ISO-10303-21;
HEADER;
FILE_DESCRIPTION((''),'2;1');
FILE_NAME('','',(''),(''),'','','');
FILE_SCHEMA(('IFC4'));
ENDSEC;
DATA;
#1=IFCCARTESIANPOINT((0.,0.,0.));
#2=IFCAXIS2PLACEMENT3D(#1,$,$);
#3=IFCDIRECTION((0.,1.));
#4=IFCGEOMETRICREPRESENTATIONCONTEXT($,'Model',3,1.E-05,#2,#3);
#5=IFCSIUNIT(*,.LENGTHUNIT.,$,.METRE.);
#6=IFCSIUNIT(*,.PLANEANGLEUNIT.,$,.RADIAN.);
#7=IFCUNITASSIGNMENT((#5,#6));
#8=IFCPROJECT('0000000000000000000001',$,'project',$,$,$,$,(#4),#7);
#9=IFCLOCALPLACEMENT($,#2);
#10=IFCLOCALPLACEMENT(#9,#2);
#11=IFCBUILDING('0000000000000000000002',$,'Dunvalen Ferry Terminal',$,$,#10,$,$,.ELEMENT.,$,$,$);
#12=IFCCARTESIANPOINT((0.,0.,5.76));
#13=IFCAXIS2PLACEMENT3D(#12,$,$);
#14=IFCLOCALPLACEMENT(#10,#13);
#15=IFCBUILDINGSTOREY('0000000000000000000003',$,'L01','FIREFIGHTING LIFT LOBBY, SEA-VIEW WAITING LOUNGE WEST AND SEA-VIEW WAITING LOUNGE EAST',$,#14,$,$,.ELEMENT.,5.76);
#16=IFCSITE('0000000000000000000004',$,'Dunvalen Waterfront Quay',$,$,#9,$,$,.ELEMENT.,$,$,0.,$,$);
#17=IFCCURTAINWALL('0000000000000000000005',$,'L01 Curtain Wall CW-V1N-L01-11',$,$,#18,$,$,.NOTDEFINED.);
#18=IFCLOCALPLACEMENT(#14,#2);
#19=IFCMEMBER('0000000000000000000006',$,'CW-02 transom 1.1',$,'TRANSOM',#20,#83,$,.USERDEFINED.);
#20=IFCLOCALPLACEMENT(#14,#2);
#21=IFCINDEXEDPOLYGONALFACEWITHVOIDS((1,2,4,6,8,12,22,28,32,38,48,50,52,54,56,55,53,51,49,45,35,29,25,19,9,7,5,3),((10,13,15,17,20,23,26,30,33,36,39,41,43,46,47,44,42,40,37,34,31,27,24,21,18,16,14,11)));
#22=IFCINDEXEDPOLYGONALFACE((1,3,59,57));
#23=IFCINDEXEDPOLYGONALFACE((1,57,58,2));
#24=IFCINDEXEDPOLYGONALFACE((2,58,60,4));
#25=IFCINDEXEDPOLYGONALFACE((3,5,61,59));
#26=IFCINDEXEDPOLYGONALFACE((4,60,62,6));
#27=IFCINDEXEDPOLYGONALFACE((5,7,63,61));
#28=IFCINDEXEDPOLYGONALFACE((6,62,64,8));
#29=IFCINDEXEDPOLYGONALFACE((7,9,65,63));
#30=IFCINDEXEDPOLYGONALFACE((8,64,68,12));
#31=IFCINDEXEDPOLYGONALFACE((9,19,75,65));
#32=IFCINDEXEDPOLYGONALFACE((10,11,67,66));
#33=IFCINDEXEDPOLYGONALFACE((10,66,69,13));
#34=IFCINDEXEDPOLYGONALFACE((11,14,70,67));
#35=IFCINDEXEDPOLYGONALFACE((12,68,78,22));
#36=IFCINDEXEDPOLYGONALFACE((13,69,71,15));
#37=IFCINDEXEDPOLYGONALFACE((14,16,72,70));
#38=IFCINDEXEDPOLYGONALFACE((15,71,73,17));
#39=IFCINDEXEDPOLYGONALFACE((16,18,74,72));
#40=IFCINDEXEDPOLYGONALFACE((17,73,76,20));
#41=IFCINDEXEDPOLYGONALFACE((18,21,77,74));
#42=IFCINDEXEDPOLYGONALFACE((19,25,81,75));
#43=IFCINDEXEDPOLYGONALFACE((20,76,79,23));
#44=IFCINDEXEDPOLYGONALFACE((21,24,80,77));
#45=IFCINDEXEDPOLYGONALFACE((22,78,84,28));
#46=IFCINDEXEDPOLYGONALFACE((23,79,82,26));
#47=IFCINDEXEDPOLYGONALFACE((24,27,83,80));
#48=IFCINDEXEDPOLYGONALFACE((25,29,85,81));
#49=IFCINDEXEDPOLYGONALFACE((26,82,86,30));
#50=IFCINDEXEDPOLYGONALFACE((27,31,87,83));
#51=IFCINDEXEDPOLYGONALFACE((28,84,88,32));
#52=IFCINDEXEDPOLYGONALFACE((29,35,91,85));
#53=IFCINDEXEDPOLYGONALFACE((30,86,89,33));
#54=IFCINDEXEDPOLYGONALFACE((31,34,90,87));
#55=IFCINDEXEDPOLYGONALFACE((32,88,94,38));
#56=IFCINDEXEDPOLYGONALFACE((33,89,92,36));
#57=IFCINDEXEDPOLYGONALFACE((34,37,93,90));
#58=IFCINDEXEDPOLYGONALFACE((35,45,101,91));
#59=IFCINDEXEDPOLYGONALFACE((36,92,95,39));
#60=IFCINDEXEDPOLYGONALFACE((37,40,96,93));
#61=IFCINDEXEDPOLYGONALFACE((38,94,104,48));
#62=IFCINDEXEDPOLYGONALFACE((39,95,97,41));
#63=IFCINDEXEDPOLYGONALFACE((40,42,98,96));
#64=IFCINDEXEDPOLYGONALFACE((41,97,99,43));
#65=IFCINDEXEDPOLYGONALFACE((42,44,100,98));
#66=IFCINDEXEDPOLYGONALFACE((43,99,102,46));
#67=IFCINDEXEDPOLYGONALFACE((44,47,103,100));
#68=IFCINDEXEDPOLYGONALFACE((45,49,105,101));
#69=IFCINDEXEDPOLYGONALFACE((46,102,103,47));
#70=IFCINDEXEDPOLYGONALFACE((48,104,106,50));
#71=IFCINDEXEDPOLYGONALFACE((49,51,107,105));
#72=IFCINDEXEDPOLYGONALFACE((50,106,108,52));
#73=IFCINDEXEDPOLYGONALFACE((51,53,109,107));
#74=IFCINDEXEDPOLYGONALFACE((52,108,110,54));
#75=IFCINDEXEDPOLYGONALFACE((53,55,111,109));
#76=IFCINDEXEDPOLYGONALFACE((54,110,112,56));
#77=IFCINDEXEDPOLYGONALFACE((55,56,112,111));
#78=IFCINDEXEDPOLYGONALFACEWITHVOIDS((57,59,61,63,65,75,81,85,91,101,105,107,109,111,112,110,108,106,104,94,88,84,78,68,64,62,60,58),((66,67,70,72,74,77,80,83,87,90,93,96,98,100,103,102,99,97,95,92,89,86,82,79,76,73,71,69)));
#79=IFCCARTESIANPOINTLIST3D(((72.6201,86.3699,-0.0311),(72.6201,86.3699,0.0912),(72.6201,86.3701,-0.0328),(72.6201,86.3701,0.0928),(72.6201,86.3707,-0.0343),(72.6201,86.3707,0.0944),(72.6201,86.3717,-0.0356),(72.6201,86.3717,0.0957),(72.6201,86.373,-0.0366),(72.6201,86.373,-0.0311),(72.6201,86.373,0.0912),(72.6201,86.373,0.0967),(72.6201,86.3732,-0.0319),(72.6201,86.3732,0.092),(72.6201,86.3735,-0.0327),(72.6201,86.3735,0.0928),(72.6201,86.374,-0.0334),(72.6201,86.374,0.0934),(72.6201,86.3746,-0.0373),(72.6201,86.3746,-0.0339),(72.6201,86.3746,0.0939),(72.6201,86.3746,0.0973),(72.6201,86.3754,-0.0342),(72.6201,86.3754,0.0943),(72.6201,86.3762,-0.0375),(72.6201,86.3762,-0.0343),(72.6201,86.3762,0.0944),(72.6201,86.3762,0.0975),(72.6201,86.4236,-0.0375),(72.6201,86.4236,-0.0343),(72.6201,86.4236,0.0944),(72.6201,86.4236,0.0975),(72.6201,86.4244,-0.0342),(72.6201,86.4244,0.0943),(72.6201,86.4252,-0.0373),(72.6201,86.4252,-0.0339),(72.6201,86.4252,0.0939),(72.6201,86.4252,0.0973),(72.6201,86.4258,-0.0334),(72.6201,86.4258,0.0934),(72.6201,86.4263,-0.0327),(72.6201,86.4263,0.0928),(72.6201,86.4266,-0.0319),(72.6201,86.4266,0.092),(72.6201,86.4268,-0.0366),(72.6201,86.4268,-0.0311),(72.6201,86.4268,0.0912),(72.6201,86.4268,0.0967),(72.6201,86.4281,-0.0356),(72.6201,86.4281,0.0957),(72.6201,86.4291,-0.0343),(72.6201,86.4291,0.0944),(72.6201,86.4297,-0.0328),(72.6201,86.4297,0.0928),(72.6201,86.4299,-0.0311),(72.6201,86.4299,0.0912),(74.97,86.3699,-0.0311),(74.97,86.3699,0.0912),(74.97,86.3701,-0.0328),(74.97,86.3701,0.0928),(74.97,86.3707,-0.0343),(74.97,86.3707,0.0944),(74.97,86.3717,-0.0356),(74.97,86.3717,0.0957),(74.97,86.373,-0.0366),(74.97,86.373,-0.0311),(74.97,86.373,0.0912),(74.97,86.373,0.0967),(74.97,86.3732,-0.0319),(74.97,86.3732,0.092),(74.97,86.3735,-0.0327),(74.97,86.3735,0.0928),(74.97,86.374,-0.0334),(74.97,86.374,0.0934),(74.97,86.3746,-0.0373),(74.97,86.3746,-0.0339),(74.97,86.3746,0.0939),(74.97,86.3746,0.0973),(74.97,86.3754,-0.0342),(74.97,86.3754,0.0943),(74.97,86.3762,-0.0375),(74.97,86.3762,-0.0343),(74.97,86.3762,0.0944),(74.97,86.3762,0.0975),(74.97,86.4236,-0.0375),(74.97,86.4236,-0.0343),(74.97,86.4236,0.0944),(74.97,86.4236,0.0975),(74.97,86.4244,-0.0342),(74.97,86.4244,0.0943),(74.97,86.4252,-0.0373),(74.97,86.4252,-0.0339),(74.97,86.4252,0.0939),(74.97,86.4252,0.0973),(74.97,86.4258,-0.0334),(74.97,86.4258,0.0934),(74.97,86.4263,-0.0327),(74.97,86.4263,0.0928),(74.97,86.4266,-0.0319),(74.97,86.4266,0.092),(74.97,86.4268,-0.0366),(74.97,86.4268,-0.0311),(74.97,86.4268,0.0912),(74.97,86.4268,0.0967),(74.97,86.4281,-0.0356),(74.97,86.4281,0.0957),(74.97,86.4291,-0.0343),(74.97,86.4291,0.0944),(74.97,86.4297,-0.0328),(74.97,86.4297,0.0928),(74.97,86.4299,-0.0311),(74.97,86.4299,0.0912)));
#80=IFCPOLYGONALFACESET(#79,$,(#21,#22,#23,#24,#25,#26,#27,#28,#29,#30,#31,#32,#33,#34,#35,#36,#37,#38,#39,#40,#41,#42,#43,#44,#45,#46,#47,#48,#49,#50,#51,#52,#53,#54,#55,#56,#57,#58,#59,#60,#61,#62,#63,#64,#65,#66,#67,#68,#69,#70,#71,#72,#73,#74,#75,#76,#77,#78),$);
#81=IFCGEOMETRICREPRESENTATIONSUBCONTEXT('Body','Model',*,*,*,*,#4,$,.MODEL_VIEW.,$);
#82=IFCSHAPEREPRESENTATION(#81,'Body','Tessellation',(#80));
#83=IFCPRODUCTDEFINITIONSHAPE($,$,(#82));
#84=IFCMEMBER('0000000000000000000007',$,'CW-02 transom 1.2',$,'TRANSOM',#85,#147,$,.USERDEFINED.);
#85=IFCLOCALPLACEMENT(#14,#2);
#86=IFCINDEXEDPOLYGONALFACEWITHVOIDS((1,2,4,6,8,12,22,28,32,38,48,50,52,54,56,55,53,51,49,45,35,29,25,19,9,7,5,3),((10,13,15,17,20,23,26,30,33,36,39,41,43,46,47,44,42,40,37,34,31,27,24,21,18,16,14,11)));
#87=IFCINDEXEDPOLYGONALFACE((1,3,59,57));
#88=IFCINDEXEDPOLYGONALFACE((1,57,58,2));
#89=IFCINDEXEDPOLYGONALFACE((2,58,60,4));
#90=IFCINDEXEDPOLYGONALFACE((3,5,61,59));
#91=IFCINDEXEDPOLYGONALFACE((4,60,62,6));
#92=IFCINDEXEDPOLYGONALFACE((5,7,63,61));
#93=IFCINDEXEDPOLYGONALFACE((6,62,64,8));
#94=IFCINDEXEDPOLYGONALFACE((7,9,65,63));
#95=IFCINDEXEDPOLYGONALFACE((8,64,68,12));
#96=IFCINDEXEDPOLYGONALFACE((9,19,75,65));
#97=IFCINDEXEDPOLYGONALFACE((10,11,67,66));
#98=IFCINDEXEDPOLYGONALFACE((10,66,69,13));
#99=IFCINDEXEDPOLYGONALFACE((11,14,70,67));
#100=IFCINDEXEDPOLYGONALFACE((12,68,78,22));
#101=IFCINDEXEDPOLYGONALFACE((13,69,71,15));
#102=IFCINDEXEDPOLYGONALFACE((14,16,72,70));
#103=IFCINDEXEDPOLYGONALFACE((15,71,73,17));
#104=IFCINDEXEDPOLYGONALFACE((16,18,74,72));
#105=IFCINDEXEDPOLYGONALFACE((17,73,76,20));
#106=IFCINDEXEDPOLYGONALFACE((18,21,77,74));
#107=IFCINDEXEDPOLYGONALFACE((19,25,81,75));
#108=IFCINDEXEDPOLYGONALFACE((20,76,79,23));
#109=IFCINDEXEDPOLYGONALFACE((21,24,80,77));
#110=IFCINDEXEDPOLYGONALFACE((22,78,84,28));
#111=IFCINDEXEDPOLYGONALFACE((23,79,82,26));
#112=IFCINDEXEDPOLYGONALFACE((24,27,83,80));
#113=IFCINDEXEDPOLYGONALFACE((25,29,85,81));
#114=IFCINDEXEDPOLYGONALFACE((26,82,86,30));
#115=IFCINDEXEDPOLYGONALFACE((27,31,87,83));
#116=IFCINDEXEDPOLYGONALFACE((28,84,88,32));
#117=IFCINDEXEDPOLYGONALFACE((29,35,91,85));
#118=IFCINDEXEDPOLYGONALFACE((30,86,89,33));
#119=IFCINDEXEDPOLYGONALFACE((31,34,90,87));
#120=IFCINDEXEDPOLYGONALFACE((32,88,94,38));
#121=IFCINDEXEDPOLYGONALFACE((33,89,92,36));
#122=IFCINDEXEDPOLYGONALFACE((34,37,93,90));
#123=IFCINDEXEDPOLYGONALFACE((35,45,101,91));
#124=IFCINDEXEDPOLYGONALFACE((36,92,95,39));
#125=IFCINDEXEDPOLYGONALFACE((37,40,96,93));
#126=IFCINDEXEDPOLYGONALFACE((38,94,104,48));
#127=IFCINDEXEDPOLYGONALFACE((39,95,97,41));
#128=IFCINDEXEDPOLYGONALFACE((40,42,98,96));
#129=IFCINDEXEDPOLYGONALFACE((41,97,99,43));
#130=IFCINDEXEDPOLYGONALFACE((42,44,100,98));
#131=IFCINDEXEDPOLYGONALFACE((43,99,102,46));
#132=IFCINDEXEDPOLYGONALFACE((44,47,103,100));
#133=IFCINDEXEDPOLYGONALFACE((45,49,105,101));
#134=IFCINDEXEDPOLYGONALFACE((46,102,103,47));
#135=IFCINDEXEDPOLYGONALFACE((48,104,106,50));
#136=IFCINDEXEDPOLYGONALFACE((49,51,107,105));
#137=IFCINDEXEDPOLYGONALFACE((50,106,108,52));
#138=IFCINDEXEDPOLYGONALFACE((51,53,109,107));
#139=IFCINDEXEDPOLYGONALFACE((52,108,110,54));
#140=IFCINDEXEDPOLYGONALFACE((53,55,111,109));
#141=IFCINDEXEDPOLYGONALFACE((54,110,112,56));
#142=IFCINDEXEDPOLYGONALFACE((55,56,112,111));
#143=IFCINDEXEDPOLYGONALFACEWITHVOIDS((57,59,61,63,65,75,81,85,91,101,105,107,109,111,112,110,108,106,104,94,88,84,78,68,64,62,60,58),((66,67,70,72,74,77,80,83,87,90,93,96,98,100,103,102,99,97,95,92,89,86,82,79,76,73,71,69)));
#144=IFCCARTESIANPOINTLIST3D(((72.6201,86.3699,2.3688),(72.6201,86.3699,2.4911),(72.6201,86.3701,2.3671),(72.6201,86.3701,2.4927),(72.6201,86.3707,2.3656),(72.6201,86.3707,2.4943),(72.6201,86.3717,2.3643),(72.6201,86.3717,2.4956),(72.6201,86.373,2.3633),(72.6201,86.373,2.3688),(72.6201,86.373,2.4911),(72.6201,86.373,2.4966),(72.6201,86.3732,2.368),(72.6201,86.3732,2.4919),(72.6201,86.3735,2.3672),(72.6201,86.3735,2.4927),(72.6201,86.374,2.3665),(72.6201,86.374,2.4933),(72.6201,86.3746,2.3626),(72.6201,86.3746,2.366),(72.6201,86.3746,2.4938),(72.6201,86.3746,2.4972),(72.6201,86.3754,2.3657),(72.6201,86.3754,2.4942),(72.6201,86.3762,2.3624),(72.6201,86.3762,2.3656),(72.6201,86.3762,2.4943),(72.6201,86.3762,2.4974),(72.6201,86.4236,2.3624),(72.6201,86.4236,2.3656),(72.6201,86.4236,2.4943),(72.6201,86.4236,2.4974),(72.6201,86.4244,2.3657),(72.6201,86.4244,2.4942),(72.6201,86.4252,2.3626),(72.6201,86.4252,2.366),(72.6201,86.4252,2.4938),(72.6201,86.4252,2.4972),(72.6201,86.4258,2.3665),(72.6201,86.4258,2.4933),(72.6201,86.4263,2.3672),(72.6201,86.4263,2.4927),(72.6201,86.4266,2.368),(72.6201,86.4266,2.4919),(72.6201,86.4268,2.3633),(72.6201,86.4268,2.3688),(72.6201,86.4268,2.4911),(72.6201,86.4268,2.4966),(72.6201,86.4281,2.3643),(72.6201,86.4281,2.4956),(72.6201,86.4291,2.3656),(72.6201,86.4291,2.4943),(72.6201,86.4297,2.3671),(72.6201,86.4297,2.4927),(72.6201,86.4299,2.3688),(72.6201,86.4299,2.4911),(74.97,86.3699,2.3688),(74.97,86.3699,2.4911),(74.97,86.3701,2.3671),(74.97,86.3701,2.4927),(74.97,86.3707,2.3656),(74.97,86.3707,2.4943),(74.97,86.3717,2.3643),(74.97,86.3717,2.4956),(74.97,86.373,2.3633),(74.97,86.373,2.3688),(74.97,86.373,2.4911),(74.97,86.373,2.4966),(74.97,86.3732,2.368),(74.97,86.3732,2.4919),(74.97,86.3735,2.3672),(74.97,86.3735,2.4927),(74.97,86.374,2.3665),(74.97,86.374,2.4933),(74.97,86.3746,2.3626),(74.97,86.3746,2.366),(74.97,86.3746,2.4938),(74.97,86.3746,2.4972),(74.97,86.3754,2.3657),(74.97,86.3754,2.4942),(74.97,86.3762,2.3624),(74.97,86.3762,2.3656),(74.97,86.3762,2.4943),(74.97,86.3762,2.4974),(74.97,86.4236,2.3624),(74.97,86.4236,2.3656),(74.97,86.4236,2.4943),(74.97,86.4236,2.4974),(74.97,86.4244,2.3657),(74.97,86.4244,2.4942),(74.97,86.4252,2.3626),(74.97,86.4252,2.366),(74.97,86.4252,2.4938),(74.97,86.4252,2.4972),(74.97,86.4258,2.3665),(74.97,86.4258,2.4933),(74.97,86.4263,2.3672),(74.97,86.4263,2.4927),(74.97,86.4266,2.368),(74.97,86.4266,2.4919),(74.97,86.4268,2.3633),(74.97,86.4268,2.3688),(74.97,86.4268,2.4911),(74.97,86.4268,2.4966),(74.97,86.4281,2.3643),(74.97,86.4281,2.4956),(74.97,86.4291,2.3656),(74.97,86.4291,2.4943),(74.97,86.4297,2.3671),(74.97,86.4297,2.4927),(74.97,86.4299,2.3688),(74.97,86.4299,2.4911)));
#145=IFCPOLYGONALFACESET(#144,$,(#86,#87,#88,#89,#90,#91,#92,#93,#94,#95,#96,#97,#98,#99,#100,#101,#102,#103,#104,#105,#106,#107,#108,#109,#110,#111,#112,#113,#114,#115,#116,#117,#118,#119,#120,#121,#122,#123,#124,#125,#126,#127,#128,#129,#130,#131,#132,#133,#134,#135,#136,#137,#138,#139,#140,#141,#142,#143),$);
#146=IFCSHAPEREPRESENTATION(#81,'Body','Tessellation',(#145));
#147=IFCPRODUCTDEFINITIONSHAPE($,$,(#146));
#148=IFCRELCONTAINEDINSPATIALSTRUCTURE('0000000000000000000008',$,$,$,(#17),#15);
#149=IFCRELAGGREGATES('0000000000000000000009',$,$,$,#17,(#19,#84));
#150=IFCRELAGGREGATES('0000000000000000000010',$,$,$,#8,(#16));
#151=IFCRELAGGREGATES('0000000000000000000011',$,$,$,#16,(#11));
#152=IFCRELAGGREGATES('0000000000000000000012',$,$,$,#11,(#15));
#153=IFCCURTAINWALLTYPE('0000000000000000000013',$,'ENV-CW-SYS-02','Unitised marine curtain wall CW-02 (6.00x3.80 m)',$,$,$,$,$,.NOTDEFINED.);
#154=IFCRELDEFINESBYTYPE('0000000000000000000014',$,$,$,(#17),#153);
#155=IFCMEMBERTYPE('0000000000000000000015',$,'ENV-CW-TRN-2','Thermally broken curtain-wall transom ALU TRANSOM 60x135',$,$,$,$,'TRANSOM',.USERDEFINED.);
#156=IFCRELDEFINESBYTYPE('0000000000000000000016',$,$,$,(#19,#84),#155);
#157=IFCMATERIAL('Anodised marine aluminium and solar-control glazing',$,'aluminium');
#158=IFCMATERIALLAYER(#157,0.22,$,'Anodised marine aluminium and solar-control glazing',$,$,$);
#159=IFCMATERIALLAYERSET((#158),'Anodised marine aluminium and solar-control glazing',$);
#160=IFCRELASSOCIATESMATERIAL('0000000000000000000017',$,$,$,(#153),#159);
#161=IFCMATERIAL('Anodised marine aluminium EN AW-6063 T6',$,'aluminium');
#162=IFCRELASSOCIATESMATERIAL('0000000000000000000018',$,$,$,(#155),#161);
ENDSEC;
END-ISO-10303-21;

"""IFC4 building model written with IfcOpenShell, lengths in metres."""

from ifc_helpers import new_model, si_unit, direction, frame, origin, origin_2d, place, context, subcontext, project, spatial, hollow_rectangle, extrude, material, layer, layer_set, material_profile, profile_set, type_object, element, aggregate, save


model = new_model("IFC4")

# Units and contexts
model_context = context("Model", 3, precision=1e-05, world=origin(), true_north=direction((0.0, 1.0)))
body_context = subcontext(model_context, "Body", "Model", "MODEL_VIEW")
ifc_project = project(units=[si_unit("LENGTHUNIT", "METRE"), si_unit("PLANEANGLEUNIT", "RADIAN")], contexts=[model_context])

# Site, building, storey
site_placement = place(None, origin())
site = spatial("IfcSite", under=ifc_project, at=site_placement, Name="Dunvalen Waterfront Quay", CompositionType="ELEMENT", RefElevation=0.0)
building_placement = place(site_placement, origin())
building = spatial("IfcBuilding", under=site, at=building_placement, Name="Dunvalen Ferry Terminal", CompositionType="ELEMENT")
storey_placement = place(building_placement, frame((0.0, 0.0, 5.76)))
storey = spatial("IfcBuildingStorey", under=building, at=storey_placement, Name="L01", Description="FIREFIGHTING LIFT LOBBY, SEA-VIEW WAITING LOUNGE WEST AND SEA-VIEW WAITING LOUNGE EAST", CompositionType="ELEMENT", Elevation=5.76)

# Curtain wall
ifc_material_1 = material(Name="Anodised marine aluminium and solar-control glazing", Category="aluminium")
ifc_layer_1 = layer(ifc_material_1, 0.22, Name="Anodised marine aluminium and solar-control glazing")
ifc_layer_set_1 = layer_set([ifc_layer_1], Name="Anodised marine aluminium and solar-control glazing")
curtain_wall_type = type_object("IfcCurtainWallType", Name="ENV-CW-SYS-02", Description="Unitised marine curtain wall CW-02 (6.00x3.80 m)", PredefinedType="NOTDEFINED", material=ifc_layer_set_1)
ifc_material_2 = material(Name="Anodised marine aluminium EN AW-6063 T6", Category="aluminium")
curtain_wall_1_placement = place(storey_placement, origin())
curtain_wall_1 = element("IfcCurtainWall", 1, at=curtain_wall_1_placement, inside=storey, type_object=curtain_wall_type, Name="L01 Curtain Wall CW-V1N-L01-11", PredefinedType="NOTDEFINED")

# Members
ifc_material_profile_1 = material_profile(ifc_material_2, hollow_rectangle(XDim=0.0601, YDim=0.135, WallThickness=0.0032, InnerFilletRadius=0.0032, OuterFilletRadius=0.0063, at=origin_2d()), Name="Anodised marine aluminium EN AW-6063 T6")
ifc_profile_set_1 = profile_set([ifc_material_profile_1], Name="Anodised marine aluminium EN AW-6063 T6")
member_type_1 = type_object("IfcMemberType", Name="ENV-CW-TRN-2", Description="Thermally broken curtain-wall transom ALU TRANSOM 60x135", ElementType="TRANSOM", PredefinedType="USERDEFINED", material=ifc_profile_set_1)
member_1_placement = place(storey_placement, frame((72.6201, 86.3999, 0.03), z_axis=(1.0, 0.0, 0.0), x_axis=(0.0, 1.0, 0.0)))
member_1 = element("IfcMember", 2, at=member_1_placement, type_object=member_type_1, Name="CW-02 transom 1.1", ObjectType="TRANSOM", PredefinedType="USERDEFINED", context=body_context, shape_type="SweptSolid", body=[
    extrude(hollow_rectangle(XDim=0.0601, YDim=0.135, WallThickness=0.0032, InnerFilletRadius=0.0032, OuterFilletRadius=0.0063, at=origin_2d()), origin(), (0.0, 0.0, 1.0), 2.3499),
])
member_2_placement = place(storey_placement, frame((72.6201, 86.3999, 2.4299), z_axis=(1.0, 0.0, 0.0), x_axis=(0.0, 1.0, 0.0)))
member_2 = element("IfcMember", 3, at=member_2_placement, type_object=member_type_1, Name="CW-02 transom 1.2", ObjectType="TRANSOM", PredefinedType="USERDEFINED", context=body_context, shape_type="SweptSolid", body=[
    extrude(hollow_rectangle(XDim=0.0601, YDim=0.135, WallThickness=0.0032, InnerFilletRadius=0.0032, OuterFilletRadius=0.0063, at=origin_2d()), origin(), (0.0, 0.0, 1.0), 2.3499),
])

aggregate(curtain_wall_1, [member_1, member_2])

save(model, "model.ifc")
